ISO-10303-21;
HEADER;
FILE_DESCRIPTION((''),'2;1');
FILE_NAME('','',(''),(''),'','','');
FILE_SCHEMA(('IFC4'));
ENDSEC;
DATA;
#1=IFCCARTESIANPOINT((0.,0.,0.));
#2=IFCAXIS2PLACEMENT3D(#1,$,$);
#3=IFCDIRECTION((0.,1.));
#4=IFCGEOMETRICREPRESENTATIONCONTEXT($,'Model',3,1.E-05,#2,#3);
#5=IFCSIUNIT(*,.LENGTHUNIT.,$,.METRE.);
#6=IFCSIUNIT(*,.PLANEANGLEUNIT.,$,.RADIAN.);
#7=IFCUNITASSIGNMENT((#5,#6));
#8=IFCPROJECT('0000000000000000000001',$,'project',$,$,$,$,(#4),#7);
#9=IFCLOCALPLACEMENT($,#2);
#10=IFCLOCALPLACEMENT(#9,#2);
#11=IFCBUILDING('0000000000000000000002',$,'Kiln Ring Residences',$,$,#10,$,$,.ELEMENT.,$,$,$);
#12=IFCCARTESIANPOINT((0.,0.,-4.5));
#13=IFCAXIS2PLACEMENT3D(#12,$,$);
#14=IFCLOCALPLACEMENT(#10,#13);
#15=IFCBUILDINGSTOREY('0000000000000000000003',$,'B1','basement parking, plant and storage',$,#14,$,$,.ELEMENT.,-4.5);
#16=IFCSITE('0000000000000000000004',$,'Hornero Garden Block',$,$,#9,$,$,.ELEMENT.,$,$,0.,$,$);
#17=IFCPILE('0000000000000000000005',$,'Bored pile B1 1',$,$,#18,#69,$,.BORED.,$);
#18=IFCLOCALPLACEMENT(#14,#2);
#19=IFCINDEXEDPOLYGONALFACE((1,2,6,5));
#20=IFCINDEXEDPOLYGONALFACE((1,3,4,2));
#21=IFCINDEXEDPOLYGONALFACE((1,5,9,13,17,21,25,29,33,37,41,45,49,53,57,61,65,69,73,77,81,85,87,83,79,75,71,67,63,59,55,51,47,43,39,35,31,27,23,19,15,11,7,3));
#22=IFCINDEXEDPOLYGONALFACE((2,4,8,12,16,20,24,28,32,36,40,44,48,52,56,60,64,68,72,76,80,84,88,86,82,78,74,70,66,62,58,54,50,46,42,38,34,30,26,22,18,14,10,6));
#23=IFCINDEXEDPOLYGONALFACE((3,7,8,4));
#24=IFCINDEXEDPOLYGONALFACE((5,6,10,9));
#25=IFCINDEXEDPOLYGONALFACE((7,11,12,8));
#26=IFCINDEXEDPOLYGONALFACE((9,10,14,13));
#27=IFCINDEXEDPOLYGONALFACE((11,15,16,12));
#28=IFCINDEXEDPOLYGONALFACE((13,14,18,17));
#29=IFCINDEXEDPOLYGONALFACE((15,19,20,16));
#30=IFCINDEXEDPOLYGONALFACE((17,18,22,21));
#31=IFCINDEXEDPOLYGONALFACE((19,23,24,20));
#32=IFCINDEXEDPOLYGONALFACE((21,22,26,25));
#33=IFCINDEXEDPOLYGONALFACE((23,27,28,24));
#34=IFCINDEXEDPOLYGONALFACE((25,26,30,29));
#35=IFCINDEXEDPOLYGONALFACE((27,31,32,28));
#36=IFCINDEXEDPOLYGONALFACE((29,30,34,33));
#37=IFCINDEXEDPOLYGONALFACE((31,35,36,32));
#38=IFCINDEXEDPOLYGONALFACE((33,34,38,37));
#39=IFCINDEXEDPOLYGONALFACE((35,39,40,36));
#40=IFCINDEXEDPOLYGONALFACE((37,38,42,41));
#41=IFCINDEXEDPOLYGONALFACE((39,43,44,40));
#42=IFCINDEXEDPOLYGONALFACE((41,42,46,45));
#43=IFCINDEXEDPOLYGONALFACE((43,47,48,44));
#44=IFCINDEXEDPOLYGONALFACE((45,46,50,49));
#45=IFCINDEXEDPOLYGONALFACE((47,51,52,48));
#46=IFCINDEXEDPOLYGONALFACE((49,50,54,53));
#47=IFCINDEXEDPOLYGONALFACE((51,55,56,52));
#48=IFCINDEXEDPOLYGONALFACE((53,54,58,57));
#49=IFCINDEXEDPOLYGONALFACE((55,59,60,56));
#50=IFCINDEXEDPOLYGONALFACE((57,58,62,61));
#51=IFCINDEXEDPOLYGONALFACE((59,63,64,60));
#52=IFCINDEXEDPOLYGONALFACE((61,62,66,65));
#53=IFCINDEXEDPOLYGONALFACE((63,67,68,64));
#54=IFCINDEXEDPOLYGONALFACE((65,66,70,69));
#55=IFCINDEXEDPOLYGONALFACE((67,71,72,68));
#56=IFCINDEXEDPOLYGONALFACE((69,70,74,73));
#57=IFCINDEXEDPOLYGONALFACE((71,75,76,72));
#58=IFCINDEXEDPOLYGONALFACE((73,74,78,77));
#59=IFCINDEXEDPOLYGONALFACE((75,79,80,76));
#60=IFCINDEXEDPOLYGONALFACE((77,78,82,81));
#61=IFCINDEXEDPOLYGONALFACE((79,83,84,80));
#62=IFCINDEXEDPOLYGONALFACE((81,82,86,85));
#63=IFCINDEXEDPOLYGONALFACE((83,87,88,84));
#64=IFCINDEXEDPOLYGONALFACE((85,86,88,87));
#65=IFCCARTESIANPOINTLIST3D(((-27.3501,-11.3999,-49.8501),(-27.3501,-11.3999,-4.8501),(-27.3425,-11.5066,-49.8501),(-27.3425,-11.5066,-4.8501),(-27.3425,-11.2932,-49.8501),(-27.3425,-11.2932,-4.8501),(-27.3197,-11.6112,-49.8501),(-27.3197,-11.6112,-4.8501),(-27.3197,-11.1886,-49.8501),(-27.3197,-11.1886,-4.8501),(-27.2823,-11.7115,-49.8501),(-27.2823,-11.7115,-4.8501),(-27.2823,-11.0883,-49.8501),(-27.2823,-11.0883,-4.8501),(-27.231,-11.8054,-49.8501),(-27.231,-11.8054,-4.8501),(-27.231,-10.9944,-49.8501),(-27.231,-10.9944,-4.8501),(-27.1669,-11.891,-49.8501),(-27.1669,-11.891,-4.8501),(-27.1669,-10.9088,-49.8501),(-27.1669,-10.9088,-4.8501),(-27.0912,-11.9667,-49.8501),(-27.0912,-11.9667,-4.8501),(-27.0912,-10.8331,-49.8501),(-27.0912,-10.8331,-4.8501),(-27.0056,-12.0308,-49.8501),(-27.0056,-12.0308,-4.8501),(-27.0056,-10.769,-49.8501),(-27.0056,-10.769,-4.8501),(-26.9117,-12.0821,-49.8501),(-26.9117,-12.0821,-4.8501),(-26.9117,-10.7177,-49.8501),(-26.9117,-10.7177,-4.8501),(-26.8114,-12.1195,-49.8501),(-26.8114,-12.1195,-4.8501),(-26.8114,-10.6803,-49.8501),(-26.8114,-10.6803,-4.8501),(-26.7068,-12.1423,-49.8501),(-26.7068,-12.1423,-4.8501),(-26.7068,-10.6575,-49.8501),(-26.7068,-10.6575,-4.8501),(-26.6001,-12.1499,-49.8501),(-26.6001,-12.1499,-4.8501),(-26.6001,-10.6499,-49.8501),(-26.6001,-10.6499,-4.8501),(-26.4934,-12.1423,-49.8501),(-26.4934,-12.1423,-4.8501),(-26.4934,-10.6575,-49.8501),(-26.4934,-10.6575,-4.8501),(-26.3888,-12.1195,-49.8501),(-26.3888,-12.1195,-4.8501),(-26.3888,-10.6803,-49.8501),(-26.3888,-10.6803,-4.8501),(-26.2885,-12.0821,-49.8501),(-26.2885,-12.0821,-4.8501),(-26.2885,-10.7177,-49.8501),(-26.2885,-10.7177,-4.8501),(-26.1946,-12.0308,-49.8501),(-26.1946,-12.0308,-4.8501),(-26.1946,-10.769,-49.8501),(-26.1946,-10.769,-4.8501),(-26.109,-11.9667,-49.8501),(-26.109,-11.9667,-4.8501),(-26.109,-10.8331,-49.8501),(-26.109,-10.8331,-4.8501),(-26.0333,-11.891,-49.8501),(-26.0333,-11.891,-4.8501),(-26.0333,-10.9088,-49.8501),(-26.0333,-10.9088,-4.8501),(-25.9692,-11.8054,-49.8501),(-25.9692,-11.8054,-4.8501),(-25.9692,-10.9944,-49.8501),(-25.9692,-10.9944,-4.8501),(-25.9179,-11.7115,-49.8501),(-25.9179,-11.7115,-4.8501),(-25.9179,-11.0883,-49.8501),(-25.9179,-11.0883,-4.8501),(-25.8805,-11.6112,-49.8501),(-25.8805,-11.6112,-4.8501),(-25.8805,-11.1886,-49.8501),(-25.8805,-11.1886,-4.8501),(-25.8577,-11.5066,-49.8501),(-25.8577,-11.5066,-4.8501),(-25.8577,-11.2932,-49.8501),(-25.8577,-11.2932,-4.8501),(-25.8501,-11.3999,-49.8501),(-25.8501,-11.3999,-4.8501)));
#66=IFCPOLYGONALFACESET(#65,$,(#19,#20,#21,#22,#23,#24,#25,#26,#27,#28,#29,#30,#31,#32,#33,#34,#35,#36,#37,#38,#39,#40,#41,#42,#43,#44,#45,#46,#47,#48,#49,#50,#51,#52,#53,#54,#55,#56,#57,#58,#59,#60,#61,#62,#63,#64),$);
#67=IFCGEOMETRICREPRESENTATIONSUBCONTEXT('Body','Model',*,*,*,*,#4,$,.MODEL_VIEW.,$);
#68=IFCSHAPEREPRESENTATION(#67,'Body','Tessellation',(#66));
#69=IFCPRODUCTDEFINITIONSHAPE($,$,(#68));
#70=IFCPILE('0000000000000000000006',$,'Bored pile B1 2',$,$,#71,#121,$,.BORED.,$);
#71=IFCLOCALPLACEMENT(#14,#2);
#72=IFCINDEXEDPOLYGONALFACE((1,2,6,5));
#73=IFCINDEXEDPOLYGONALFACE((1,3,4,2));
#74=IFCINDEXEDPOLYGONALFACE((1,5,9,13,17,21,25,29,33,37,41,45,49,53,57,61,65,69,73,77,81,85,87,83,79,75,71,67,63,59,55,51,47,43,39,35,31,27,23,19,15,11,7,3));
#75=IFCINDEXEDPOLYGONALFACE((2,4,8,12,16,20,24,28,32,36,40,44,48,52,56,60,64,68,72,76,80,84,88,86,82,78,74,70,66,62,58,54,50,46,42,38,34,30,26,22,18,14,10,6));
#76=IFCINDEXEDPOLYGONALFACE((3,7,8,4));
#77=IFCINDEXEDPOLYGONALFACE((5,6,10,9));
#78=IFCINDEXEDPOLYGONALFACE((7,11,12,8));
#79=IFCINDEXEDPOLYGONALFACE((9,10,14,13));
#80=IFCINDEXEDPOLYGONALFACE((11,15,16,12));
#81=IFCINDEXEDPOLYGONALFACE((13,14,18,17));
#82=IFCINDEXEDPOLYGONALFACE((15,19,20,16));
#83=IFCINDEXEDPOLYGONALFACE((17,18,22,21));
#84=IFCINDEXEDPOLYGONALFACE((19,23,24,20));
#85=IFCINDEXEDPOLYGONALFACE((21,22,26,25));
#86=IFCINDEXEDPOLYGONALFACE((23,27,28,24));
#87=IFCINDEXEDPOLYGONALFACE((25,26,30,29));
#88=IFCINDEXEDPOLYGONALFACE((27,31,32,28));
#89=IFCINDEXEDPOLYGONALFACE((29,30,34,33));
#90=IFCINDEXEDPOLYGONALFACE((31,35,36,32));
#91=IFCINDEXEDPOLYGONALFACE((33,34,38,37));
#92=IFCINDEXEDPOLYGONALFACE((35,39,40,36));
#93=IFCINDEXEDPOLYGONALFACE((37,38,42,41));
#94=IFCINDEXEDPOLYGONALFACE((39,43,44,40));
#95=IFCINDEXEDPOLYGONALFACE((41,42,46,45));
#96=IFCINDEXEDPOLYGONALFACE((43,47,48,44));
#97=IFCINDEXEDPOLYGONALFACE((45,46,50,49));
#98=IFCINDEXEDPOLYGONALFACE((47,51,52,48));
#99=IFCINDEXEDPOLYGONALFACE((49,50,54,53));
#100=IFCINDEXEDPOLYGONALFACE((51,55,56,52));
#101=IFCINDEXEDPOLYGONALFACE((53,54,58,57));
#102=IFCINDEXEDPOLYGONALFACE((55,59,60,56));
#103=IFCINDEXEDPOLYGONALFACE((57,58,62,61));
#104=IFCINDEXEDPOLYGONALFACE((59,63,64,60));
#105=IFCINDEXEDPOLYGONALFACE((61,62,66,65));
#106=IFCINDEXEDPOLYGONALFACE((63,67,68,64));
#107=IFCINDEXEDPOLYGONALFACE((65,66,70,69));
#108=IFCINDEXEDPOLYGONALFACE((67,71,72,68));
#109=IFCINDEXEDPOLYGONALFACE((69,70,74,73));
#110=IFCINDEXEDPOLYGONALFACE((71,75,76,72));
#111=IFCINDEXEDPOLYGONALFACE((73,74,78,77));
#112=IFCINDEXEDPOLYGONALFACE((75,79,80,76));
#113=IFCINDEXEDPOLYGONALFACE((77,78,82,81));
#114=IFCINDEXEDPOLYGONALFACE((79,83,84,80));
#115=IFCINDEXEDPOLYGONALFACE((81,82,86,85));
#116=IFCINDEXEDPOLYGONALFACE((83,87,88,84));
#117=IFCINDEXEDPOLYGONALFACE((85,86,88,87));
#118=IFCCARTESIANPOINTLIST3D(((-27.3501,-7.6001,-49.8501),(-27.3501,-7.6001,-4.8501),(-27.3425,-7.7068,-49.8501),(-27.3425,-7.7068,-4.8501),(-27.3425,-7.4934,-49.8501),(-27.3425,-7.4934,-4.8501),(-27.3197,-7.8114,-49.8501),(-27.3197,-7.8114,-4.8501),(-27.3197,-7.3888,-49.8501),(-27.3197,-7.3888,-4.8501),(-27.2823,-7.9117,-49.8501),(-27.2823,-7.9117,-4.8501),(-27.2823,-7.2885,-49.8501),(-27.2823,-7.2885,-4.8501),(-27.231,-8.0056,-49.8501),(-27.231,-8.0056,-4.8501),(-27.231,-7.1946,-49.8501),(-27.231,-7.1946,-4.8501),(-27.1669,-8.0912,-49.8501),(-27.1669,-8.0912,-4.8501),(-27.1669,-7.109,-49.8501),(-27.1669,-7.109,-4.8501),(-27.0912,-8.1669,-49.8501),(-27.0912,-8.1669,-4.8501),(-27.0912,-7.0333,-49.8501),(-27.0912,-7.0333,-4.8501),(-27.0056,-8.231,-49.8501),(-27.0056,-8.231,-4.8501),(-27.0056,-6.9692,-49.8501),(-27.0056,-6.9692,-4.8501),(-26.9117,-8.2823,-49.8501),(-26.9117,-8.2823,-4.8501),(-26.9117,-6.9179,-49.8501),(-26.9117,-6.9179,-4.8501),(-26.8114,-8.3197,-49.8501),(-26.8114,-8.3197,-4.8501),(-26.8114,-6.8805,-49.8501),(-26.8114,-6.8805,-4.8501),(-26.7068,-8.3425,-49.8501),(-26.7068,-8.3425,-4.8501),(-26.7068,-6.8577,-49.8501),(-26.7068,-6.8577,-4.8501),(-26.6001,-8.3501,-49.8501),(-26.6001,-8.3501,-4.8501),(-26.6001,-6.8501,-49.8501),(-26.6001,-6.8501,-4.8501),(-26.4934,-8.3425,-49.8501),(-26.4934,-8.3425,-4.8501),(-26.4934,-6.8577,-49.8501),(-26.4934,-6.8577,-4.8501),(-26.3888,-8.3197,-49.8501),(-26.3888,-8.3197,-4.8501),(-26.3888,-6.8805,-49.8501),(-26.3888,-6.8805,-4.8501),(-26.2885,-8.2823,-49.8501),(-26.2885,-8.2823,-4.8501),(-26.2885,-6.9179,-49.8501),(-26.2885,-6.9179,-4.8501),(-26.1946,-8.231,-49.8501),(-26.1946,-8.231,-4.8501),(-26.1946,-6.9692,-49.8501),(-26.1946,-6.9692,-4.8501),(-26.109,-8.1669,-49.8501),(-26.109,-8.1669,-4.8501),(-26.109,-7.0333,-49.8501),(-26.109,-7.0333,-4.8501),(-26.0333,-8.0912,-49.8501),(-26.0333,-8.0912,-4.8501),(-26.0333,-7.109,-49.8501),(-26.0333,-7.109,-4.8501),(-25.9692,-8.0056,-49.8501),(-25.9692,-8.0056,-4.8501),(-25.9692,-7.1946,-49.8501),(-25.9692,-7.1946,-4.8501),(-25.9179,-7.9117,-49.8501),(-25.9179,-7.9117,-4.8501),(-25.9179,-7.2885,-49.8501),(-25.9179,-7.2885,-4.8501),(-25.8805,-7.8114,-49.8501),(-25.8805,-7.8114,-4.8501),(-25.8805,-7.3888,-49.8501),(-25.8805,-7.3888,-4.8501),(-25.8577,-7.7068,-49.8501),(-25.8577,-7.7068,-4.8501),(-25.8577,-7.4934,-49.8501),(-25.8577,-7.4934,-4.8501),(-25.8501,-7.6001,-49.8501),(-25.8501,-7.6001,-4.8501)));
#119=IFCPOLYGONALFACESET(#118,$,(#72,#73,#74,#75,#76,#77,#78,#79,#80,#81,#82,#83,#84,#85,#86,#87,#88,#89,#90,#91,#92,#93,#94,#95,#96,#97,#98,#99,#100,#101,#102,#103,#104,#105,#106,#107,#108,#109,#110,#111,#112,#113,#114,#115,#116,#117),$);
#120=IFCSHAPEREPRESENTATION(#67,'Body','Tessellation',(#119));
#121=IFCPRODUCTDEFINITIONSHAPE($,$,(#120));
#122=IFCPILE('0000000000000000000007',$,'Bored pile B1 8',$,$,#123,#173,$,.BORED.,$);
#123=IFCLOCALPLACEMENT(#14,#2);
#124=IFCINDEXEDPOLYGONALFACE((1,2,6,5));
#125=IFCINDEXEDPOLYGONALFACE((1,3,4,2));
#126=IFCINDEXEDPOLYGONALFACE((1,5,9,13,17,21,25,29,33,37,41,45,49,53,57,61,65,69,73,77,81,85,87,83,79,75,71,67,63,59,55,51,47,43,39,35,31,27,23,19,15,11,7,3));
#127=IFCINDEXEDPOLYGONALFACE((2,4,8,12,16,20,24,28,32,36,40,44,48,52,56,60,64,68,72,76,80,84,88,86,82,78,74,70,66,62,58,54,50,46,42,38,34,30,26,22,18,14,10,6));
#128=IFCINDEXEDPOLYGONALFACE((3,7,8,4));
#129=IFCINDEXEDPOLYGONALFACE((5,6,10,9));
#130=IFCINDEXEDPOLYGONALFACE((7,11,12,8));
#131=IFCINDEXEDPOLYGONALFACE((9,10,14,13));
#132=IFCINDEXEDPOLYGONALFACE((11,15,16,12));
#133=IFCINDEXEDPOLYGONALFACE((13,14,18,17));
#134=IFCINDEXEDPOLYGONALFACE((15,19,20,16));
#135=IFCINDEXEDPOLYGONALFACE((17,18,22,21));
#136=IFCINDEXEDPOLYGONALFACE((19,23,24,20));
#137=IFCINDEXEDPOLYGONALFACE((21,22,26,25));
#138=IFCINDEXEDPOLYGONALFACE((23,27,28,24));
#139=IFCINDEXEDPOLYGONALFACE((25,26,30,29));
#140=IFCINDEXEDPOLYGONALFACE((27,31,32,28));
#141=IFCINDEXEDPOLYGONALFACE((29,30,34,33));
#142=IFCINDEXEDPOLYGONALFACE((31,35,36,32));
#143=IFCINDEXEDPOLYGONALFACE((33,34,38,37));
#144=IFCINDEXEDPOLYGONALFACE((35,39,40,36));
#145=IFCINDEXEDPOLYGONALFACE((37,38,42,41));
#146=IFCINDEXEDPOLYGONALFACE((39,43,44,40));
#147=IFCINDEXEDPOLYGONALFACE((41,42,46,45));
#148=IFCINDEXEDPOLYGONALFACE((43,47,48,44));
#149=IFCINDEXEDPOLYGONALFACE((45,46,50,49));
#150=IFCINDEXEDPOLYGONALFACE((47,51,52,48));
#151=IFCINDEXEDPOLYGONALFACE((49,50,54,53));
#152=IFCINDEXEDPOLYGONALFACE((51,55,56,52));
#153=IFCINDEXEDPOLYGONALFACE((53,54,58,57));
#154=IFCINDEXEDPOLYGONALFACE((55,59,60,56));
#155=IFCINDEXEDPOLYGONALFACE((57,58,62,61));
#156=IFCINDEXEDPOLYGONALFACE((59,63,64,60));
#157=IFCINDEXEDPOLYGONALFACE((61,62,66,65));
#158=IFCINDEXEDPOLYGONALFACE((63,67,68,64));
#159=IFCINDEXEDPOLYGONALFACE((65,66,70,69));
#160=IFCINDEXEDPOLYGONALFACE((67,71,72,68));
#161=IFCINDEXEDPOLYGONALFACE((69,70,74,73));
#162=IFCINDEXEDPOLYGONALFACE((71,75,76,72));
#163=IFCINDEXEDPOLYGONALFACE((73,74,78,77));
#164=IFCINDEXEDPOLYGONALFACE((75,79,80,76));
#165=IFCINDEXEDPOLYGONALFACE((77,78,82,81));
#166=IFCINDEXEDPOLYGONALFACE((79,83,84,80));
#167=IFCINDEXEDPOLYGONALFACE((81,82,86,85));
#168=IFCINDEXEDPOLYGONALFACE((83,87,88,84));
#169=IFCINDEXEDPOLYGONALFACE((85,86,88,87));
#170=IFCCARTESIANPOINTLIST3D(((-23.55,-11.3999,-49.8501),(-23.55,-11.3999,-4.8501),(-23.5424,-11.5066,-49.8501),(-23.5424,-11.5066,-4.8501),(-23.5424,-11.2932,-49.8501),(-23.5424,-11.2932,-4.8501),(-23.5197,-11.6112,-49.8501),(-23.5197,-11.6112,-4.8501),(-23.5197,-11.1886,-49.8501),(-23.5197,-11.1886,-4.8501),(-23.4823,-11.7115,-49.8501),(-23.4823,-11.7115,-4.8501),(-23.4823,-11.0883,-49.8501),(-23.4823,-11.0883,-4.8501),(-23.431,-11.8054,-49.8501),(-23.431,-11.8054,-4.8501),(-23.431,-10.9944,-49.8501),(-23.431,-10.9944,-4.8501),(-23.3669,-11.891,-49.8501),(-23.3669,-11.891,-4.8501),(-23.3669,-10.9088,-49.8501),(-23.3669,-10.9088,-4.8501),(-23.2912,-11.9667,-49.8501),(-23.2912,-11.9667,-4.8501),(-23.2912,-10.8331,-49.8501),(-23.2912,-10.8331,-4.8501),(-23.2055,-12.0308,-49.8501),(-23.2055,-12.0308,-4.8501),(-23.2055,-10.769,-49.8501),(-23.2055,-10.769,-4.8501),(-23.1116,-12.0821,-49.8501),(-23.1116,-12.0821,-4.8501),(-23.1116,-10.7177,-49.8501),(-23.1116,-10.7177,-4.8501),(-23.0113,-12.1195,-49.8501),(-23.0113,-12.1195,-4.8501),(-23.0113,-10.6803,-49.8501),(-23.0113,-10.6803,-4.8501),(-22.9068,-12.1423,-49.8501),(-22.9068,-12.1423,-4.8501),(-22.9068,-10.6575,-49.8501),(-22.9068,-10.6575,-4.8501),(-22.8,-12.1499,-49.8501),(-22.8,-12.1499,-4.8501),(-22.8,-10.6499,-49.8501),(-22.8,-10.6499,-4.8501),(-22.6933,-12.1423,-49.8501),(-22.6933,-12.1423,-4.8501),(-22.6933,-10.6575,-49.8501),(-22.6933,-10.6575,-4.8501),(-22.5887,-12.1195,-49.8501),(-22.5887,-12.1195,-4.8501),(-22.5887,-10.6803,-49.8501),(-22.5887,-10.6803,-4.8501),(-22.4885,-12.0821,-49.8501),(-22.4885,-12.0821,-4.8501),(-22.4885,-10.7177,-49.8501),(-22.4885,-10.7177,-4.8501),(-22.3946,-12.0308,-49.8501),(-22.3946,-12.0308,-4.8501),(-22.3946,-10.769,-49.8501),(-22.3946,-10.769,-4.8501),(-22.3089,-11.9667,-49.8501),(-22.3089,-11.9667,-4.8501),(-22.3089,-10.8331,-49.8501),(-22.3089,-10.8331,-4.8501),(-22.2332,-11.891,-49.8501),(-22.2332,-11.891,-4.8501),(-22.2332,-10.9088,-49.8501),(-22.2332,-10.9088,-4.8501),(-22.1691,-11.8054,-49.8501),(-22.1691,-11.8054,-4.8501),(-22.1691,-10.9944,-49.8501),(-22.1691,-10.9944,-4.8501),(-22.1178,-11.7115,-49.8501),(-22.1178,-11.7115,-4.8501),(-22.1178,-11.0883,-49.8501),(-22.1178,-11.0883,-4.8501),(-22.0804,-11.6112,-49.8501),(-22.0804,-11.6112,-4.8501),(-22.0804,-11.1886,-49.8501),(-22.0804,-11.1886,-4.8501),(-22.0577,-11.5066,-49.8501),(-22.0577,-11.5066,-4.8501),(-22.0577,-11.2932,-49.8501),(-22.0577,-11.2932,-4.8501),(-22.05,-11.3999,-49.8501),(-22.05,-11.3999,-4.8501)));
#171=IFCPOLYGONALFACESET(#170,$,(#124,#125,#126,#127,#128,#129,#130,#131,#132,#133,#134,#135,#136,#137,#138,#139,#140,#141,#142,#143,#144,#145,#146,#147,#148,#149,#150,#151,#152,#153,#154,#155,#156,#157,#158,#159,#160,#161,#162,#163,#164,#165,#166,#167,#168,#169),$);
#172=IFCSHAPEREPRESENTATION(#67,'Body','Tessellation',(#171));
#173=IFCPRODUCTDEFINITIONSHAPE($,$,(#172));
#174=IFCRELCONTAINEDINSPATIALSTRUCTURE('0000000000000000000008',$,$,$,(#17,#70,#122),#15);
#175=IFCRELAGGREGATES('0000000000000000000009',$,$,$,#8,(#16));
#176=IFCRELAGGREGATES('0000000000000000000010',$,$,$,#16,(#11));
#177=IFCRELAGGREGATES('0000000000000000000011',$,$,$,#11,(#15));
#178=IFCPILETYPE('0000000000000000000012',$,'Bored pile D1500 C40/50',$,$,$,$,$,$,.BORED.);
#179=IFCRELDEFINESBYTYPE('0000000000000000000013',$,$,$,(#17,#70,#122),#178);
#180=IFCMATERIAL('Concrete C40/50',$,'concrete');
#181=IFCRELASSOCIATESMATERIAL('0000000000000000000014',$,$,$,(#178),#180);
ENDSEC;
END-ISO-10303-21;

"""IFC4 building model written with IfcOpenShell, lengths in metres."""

from ifc_helpers import new_model, si_unit, direction, frame, origin, origin_2d, place, context, subcontext, project, spatial, circle, extrude, material, material_profile, profile_set, type_object, element, save


model = new_model("IFC4")

# Units and contexts
model_context = context("Model", 3, precision=1e-05, world=origin(), true_north=direction((0.0, 1.0)))
body_context = subcontext(model_context, "Body", "Model", "MODEL_VIEW")
ifc_project = project(units=[si_unit("LENGTHUNIT", "METRE"), si_unit("PLANEANGLEUNIT", "RADIAN")], contexts=[model_context])

# Site, building, storey
site_placement = place(None, origin())
site = spatial("IfcSite", under=ifc_project, at=site_placement, Name="Hornero Garden Block", CompositionType="ELEMENT", RefElevation=0.0)
building_placement = place(site_placement, origin())
building = spatial("IfcBuilding", under=site, at=building_placement, Name="Kiln Ring Residences", CompositionType="ELEMENT")
storey_placement = place(building_placement, frame((0.0, 0.0, -4.5)))
storey = spatial("IfcBuildingStorey", under=building, at=storey_placement, Name="B1", Description="basement parking, plant and storage", CompositionType="ELEMENT", Elevation=-4.5)

# Piles
ifc_material_1 = material(Name="Concrete C40/50", Category="concrete")
ifc_material_profile_1 = material_profile(ifc_material_1, circle(Radius=0.75, at=origin_2d()), Name="BORED1500")
ifc_profile_set_1 = profile_set([ifc_material_profile_1], Name="Concrete C40/50")
pile_type = type_object("IfcPileType", Name="Bored pile D1500 C40/50", PredefinedType="BORED", material=ifc_profile_set_1)
for number, where, z_axis, x_axis, name in (
    (1, (-26.6001, -11.3999, -4.8501), (0.0, 0.0, -1.0), (1.0, 0.0, 0.0), "Bored pile B1 1"),
    (2, (-26.6001, -7.6001, -4.8501), (0.0, 0.0, -1.0), (1.0, 0.0, 0.0), "Bored pile B1 2"),
    (3, (-22.8, -11.3999, -4.8501), (0.0, 0.0, -1.0), (1.0, 0.0, 0.0), "Bored pile B1 8"),
):
    element("IfcPile", number, at=place(storey_placement, frame(where, z_axis=z_axis, x_axis=x_axis)), inside=storey, type_object=pile_type, Name=name, PredefinedType="BORED", context=body_context, shape_type="SweptSolid", body=[
        extrude(circle(Radius=0.75, at=origin_2d()), origin(), (0.0, 0.0, 1.0), 45.0),
    ])

save(model, "model.ifc")
